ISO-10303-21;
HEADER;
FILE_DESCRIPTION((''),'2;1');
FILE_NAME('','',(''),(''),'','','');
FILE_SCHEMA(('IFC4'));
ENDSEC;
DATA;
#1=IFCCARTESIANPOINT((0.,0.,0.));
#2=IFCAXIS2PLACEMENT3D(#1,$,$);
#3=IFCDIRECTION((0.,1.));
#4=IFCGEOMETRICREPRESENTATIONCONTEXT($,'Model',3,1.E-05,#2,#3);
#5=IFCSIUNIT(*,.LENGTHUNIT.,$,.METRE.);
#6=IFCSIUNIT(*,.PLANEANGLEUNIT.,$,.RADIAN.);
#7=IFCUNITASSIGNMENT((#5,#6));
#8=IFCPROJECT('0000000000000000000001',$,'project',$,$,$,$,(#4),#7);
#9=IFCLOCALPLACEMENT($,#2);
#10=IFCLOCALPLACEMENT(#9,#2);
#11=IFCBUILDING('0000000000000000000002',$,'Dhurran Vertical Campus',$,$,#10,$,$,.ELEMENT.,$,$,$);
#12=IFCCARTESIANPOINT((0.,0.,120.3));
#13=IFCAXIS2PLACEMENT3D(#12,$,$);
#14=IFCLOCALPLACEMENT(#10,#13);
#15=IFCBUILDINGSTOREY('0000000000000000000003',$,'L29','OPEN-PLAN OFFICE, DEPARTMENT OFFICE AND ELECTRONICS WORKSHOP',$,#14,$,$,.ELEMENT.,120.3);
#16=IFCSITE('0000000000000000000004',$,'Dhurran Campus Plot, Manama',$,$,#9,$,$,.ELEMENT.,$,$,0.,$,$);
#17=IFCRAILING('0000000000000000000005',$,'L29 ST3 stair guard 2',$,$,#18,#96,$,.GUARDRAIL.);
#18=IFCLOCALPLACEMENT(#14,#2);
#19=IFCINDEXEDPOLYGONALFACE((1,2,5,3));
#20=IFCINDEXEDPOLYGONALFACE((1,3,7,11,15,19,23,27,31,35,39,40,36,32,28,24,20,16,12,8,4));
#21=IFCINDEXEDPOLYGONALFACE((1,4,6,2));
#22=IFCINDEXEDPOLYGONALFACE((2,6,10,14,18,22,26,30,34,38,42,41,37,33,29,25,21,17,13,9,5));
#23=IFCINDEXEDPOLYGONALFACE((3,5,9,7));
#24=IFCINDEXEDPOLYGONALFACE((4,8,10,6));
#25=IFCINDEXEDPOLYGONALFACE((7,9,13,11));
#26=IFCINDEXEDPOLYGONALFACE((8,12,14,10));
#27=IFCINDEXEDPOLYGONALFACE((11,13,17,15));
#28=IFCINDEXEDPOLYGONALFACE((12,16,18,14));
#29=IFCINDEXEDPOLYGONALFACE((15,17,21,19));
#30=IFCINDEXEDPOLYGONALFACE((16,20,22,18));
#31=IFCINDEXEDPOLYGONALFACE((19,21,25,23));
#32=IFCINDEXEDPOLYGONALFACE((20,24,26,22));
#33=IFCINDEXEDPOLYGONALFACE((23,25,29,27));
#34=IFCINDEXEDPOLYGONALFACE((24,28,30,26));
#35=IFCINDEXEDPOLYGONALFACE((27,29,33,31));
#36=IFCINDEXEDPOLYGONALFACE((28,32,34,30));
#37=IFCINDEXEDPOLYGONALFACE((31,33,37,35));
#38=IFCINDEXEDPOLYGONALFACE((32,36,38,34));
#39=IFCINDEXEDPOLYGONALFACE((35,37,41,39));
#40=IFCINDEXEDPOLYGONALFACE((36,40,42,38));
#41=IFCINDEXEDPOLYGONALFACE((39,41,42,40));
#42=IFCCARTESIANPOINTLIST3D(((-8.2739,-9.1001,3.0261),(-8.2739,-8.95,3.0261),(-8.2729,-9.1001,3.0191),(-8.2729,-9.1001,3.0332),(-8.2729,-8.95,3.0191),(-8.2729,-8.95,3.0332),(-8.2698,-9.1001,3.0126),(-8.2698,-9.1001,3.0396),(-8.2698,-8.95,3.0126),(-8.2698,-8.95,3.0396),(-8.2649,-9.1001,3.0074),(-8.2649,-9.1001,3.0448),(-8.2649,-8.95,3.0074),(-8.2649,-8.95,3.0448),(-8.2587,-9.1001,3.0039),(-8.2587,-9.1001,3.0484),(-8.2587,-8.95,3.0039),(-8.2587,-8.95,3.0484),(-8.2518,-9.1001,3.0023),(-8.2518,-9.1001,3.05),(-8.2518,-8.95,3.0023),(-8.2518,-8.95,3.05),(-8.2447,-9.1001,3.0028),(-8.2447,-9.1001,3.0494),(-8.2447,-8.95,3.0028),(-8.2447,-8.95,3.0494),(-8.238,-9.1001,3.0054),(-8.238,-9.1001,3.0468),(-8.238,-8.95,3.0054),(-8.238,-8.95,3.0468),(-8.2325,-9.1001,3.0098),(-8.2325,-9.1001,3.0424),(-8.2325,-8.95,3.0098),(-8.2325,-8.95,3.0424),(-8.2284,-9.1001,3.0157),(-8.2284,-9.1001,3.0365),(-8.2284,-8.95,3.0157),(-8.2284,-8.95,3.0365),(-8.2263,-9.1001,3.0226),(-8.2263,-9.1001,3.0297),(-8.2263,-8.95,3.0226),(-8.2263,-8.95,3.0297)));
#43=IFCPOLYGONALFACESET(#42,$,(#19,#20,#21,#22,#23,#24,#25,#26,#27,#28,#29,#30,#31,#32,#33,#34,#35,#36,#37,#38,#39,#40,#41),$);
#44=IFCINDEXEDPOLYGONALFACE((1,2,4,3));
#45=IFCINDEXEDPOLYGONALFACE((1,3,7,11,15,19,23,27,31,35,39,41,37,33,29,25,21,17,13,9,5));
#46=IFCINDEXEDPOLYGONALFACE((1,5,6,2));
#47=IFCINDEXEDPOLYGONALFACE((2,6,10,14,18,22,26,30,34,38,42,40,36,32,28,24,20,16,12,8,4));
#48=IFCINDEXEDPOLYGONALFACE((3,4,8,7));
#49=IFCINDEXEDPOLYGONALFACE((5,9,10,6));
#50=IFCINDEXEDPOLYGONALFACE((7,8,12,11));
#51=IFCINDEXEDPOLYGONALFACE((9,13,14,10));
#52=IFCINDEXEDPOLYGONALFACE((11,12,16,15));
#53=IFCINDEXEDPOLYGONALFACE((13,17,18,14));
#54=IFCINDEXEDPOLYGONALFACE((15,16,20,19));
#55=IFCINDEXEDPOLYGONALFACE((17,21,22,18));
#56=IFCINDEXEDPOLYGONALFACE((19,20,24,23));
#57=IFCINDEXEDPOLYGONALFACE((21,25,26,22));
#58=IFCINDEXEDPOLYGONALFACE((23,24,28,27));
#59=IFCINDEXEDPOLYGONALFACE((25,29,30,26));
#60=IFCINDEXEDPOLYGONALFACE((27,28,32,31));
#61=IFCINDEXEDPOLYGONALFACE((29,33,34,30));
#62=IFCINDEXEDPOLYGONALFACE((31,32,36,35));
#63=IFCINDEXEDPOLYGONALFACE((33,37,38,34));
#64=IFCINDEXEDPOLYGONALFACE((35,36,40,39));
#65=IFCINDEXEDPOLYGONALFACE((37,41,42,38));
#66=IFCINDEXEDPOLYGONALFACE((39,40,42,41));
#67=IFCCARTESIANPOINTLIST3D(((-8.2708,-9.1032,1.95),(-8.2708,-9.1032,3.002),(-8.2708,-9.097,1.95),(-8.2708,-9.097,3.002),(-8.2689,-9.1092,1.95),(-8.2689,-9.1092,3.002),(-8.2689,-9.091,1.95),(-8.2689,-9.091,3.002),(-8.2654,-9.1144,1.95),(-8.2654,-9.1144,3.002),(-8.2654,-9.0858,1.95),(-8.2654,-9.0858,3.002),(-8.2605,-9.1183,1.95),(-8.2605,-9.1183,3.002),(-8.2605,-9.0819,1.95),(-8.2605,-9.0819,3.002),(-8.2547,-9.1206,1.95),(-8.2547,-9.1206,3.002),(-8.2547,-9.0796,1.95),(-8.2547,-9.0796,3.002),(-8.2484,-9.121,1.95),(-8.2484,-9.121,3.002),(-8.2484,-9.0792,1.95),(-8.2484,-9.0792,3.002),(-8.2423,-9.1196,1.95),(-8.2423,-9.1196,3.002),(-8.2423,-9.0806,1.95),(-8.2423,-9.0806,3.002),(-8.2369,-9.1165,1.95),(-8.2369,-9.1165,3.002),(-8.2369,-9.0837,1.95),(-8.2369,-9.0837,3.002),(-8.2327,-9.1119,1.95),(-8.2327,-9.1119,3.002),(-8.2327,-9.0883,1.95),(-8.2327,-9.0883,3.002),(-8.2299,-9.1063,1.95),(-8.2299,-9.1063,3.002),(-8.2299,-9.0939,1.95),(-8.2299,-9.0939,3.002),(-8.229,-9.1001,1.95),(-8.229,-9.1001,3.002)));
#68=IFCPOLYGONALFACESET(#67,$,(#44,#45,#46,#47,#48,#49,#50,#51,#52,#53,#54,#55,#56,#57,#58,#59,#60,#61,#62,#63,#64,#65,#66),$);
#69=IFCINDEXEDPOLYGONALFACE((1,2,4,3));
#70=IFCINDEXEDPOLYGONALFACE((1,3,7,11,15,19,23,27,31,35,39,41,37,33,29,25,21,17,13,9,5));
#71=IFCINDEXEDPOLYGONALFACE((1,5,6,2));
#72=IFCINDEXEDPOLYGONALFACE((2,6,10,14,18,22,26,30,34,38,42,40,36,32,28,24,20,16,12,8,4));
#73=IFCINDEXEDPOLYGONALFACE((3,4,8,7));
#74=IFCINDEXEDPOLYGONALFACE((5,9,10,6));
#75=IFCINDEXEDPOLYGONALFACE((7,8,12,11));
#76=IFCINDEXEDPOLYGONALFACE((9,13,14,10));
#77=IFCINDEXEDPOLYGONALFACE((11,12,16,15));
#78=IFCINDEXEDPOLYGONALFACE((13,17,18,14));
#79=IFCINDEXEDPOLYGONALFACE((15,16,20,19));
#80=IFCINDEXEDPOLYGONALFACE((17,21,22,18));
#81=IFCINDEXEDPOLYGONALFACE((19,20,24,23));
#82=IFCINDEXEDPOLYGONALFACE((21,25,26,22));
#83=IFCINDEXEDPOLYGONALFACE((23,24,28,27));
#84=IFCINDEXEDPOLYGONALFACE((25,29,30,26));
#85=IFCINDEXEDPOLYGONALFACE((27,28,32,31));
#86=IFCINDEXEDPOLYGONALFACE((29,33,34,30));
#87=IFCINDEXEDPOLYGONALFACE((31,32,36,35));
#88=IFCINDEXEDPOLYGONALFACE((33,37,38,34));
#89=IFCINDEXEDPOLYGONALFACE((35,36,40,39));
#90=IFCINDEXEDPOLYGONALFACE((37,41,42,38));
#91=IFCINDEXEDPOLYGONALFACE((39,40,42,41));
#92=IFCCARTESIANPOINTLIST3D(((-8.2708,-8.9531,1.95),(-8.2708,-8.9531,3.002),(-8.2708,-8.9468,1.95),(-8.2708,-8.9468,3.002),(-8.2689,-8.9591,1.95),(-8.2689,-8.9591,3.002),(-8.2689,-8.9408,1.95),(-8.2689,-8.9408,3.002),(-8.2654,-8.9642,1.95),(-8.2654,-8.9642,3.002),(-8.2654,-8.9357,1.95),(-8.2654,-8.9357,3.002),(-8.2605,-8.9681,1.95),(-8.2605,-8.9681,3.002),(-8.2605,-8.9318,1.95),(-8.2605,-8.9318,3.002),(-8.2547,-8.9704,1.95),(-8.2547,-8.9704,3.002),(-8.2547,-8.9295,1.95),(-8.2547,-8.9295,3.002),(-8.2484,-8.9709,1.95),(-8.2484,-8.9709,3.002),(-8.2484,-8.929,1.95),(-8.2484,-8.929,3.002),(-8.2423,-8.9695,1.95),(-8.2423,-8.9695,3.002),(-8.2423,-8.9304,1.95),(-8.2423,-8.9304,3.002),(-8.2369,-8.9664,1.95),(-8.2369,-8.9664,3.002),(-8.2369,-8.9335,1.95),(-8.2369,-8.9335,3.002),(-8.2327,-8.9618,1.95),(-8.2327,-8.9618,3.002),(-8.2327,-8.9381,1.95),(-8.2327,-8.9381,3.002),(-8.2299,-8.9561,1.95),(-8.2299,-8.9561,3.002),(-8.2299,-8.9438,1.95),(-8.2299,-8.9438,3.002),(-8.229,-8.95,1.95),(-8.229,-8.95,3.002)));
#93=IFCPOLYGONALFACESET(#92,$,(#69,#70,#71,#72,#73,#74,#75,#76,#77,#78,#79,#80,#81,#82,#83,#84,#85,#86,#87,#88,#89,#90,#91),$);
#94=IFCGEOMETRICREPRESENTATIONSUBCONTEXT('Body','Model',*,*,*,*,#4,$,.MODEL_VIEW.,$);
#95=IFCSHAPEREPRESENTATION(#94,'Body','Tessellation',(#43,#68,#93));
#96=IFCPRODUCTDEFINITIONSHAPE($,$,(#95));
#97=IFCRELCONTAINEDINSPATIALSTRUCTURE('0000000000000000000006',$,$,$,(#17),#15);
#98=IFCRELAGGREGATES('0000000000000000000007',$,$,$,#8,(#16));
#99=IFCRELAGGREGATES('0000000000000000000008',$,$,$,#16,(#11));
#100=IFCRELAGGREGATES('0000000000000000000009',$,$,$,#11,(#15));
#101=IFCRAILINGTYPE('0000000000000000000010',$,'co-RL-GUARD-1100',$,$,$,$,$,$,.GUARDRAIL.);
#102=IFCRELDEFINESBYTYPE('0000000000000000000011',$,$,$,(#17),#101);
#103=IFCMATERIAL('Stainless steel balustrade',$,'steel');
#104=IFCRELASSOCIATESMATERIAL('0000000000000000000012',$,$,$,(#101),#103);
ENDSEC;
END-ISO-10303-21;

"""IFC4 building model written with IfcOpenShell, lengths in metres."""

from ifc_helpers import new_model, si_unit, direction, frame, origin, origin_2d, place, context, subcontext, project, spatial, circle, extrude, material, type_object, element, save


model = new_model("IFC4")

# Units and contexts
model_context = context("Model", 3, precision=1e-05, world=origin(), true_north=direction((0.0, 1.0)))
body_context = subcontext(model_context, "Body", "Model", "MODEL_VIEW")
ifc_project = project(units=[si_unit("LENGTHUNIT", "METRE"), si_unit("PLANEANGLEUNIT", "RADIAN")], contexts=[model_context])

# Site, building, storey
site_placement = place(None, origin())
site = spatial("IfcSite", under=ifc_project, at=site_placement, Name="Dhurran Campus Plot, Manama", CompositionType="ELEMENT", RefElevation=0.0)
building_placement = place(site_placement, origin())
building = spatial("IfcBuilding", under=site, at=building_placement, Name="Dhurran Vertical Campus", CompositionType="ELEMENT")
storey_placement = place(building_placement, frame((0.0, 0.0, 120.3)))
storey = spatial("IfcBuildingStorey", under=building, at=storey_placement, Name="L29", Description="OPEN-PLAN OFFICE, DEPARTMENT OFFICE AND ELECTRONICS WORKSHOP", CompositionType="ELEMENT", Elevation=120.3)

# Railing
ifc_material_1 = material(Name="Stainless steel balustrade", Category="steel")
railing_type_1 = type_object("IfcRailingType", Name="co-RL-GUARD-1100", PredefinedType="GUARDRAIL", material=ifc_material_1)
railing_1_placement = place(storey_placement, frame((-8.25, -9.1001, 1.95)))
element("IfcRailing", 1, at=railing_1_placement, inside=storey, type_object=railing_type_1, Name="L29 ST3 stair guard 2", PredefinedType="GUARDRAIL", context=body_context, shape_type="SweptSolid", body=[
    extrude(circle(Radius=0.0239, at=origin_2d()), frame((0.0, 0.0, 1.0762), z_axis=(0.0, 1.0, 0.0), x_axis=(-1.0, 0.0, 0.0)), (0.0, 0.0, 1.0), 0.1501),
    extrude(circle(Radius=0.021, at=origin_2d()), origin(), (0.0, 0.0, 1.0), 1.052),
    extrude(circle(Radius=0.021, at=origin_2d()), frame((0.0, 0.1501, 0.0)), (0.0, 0.0, 1.0), 1.052),
])

save(model, "model.ifc")
